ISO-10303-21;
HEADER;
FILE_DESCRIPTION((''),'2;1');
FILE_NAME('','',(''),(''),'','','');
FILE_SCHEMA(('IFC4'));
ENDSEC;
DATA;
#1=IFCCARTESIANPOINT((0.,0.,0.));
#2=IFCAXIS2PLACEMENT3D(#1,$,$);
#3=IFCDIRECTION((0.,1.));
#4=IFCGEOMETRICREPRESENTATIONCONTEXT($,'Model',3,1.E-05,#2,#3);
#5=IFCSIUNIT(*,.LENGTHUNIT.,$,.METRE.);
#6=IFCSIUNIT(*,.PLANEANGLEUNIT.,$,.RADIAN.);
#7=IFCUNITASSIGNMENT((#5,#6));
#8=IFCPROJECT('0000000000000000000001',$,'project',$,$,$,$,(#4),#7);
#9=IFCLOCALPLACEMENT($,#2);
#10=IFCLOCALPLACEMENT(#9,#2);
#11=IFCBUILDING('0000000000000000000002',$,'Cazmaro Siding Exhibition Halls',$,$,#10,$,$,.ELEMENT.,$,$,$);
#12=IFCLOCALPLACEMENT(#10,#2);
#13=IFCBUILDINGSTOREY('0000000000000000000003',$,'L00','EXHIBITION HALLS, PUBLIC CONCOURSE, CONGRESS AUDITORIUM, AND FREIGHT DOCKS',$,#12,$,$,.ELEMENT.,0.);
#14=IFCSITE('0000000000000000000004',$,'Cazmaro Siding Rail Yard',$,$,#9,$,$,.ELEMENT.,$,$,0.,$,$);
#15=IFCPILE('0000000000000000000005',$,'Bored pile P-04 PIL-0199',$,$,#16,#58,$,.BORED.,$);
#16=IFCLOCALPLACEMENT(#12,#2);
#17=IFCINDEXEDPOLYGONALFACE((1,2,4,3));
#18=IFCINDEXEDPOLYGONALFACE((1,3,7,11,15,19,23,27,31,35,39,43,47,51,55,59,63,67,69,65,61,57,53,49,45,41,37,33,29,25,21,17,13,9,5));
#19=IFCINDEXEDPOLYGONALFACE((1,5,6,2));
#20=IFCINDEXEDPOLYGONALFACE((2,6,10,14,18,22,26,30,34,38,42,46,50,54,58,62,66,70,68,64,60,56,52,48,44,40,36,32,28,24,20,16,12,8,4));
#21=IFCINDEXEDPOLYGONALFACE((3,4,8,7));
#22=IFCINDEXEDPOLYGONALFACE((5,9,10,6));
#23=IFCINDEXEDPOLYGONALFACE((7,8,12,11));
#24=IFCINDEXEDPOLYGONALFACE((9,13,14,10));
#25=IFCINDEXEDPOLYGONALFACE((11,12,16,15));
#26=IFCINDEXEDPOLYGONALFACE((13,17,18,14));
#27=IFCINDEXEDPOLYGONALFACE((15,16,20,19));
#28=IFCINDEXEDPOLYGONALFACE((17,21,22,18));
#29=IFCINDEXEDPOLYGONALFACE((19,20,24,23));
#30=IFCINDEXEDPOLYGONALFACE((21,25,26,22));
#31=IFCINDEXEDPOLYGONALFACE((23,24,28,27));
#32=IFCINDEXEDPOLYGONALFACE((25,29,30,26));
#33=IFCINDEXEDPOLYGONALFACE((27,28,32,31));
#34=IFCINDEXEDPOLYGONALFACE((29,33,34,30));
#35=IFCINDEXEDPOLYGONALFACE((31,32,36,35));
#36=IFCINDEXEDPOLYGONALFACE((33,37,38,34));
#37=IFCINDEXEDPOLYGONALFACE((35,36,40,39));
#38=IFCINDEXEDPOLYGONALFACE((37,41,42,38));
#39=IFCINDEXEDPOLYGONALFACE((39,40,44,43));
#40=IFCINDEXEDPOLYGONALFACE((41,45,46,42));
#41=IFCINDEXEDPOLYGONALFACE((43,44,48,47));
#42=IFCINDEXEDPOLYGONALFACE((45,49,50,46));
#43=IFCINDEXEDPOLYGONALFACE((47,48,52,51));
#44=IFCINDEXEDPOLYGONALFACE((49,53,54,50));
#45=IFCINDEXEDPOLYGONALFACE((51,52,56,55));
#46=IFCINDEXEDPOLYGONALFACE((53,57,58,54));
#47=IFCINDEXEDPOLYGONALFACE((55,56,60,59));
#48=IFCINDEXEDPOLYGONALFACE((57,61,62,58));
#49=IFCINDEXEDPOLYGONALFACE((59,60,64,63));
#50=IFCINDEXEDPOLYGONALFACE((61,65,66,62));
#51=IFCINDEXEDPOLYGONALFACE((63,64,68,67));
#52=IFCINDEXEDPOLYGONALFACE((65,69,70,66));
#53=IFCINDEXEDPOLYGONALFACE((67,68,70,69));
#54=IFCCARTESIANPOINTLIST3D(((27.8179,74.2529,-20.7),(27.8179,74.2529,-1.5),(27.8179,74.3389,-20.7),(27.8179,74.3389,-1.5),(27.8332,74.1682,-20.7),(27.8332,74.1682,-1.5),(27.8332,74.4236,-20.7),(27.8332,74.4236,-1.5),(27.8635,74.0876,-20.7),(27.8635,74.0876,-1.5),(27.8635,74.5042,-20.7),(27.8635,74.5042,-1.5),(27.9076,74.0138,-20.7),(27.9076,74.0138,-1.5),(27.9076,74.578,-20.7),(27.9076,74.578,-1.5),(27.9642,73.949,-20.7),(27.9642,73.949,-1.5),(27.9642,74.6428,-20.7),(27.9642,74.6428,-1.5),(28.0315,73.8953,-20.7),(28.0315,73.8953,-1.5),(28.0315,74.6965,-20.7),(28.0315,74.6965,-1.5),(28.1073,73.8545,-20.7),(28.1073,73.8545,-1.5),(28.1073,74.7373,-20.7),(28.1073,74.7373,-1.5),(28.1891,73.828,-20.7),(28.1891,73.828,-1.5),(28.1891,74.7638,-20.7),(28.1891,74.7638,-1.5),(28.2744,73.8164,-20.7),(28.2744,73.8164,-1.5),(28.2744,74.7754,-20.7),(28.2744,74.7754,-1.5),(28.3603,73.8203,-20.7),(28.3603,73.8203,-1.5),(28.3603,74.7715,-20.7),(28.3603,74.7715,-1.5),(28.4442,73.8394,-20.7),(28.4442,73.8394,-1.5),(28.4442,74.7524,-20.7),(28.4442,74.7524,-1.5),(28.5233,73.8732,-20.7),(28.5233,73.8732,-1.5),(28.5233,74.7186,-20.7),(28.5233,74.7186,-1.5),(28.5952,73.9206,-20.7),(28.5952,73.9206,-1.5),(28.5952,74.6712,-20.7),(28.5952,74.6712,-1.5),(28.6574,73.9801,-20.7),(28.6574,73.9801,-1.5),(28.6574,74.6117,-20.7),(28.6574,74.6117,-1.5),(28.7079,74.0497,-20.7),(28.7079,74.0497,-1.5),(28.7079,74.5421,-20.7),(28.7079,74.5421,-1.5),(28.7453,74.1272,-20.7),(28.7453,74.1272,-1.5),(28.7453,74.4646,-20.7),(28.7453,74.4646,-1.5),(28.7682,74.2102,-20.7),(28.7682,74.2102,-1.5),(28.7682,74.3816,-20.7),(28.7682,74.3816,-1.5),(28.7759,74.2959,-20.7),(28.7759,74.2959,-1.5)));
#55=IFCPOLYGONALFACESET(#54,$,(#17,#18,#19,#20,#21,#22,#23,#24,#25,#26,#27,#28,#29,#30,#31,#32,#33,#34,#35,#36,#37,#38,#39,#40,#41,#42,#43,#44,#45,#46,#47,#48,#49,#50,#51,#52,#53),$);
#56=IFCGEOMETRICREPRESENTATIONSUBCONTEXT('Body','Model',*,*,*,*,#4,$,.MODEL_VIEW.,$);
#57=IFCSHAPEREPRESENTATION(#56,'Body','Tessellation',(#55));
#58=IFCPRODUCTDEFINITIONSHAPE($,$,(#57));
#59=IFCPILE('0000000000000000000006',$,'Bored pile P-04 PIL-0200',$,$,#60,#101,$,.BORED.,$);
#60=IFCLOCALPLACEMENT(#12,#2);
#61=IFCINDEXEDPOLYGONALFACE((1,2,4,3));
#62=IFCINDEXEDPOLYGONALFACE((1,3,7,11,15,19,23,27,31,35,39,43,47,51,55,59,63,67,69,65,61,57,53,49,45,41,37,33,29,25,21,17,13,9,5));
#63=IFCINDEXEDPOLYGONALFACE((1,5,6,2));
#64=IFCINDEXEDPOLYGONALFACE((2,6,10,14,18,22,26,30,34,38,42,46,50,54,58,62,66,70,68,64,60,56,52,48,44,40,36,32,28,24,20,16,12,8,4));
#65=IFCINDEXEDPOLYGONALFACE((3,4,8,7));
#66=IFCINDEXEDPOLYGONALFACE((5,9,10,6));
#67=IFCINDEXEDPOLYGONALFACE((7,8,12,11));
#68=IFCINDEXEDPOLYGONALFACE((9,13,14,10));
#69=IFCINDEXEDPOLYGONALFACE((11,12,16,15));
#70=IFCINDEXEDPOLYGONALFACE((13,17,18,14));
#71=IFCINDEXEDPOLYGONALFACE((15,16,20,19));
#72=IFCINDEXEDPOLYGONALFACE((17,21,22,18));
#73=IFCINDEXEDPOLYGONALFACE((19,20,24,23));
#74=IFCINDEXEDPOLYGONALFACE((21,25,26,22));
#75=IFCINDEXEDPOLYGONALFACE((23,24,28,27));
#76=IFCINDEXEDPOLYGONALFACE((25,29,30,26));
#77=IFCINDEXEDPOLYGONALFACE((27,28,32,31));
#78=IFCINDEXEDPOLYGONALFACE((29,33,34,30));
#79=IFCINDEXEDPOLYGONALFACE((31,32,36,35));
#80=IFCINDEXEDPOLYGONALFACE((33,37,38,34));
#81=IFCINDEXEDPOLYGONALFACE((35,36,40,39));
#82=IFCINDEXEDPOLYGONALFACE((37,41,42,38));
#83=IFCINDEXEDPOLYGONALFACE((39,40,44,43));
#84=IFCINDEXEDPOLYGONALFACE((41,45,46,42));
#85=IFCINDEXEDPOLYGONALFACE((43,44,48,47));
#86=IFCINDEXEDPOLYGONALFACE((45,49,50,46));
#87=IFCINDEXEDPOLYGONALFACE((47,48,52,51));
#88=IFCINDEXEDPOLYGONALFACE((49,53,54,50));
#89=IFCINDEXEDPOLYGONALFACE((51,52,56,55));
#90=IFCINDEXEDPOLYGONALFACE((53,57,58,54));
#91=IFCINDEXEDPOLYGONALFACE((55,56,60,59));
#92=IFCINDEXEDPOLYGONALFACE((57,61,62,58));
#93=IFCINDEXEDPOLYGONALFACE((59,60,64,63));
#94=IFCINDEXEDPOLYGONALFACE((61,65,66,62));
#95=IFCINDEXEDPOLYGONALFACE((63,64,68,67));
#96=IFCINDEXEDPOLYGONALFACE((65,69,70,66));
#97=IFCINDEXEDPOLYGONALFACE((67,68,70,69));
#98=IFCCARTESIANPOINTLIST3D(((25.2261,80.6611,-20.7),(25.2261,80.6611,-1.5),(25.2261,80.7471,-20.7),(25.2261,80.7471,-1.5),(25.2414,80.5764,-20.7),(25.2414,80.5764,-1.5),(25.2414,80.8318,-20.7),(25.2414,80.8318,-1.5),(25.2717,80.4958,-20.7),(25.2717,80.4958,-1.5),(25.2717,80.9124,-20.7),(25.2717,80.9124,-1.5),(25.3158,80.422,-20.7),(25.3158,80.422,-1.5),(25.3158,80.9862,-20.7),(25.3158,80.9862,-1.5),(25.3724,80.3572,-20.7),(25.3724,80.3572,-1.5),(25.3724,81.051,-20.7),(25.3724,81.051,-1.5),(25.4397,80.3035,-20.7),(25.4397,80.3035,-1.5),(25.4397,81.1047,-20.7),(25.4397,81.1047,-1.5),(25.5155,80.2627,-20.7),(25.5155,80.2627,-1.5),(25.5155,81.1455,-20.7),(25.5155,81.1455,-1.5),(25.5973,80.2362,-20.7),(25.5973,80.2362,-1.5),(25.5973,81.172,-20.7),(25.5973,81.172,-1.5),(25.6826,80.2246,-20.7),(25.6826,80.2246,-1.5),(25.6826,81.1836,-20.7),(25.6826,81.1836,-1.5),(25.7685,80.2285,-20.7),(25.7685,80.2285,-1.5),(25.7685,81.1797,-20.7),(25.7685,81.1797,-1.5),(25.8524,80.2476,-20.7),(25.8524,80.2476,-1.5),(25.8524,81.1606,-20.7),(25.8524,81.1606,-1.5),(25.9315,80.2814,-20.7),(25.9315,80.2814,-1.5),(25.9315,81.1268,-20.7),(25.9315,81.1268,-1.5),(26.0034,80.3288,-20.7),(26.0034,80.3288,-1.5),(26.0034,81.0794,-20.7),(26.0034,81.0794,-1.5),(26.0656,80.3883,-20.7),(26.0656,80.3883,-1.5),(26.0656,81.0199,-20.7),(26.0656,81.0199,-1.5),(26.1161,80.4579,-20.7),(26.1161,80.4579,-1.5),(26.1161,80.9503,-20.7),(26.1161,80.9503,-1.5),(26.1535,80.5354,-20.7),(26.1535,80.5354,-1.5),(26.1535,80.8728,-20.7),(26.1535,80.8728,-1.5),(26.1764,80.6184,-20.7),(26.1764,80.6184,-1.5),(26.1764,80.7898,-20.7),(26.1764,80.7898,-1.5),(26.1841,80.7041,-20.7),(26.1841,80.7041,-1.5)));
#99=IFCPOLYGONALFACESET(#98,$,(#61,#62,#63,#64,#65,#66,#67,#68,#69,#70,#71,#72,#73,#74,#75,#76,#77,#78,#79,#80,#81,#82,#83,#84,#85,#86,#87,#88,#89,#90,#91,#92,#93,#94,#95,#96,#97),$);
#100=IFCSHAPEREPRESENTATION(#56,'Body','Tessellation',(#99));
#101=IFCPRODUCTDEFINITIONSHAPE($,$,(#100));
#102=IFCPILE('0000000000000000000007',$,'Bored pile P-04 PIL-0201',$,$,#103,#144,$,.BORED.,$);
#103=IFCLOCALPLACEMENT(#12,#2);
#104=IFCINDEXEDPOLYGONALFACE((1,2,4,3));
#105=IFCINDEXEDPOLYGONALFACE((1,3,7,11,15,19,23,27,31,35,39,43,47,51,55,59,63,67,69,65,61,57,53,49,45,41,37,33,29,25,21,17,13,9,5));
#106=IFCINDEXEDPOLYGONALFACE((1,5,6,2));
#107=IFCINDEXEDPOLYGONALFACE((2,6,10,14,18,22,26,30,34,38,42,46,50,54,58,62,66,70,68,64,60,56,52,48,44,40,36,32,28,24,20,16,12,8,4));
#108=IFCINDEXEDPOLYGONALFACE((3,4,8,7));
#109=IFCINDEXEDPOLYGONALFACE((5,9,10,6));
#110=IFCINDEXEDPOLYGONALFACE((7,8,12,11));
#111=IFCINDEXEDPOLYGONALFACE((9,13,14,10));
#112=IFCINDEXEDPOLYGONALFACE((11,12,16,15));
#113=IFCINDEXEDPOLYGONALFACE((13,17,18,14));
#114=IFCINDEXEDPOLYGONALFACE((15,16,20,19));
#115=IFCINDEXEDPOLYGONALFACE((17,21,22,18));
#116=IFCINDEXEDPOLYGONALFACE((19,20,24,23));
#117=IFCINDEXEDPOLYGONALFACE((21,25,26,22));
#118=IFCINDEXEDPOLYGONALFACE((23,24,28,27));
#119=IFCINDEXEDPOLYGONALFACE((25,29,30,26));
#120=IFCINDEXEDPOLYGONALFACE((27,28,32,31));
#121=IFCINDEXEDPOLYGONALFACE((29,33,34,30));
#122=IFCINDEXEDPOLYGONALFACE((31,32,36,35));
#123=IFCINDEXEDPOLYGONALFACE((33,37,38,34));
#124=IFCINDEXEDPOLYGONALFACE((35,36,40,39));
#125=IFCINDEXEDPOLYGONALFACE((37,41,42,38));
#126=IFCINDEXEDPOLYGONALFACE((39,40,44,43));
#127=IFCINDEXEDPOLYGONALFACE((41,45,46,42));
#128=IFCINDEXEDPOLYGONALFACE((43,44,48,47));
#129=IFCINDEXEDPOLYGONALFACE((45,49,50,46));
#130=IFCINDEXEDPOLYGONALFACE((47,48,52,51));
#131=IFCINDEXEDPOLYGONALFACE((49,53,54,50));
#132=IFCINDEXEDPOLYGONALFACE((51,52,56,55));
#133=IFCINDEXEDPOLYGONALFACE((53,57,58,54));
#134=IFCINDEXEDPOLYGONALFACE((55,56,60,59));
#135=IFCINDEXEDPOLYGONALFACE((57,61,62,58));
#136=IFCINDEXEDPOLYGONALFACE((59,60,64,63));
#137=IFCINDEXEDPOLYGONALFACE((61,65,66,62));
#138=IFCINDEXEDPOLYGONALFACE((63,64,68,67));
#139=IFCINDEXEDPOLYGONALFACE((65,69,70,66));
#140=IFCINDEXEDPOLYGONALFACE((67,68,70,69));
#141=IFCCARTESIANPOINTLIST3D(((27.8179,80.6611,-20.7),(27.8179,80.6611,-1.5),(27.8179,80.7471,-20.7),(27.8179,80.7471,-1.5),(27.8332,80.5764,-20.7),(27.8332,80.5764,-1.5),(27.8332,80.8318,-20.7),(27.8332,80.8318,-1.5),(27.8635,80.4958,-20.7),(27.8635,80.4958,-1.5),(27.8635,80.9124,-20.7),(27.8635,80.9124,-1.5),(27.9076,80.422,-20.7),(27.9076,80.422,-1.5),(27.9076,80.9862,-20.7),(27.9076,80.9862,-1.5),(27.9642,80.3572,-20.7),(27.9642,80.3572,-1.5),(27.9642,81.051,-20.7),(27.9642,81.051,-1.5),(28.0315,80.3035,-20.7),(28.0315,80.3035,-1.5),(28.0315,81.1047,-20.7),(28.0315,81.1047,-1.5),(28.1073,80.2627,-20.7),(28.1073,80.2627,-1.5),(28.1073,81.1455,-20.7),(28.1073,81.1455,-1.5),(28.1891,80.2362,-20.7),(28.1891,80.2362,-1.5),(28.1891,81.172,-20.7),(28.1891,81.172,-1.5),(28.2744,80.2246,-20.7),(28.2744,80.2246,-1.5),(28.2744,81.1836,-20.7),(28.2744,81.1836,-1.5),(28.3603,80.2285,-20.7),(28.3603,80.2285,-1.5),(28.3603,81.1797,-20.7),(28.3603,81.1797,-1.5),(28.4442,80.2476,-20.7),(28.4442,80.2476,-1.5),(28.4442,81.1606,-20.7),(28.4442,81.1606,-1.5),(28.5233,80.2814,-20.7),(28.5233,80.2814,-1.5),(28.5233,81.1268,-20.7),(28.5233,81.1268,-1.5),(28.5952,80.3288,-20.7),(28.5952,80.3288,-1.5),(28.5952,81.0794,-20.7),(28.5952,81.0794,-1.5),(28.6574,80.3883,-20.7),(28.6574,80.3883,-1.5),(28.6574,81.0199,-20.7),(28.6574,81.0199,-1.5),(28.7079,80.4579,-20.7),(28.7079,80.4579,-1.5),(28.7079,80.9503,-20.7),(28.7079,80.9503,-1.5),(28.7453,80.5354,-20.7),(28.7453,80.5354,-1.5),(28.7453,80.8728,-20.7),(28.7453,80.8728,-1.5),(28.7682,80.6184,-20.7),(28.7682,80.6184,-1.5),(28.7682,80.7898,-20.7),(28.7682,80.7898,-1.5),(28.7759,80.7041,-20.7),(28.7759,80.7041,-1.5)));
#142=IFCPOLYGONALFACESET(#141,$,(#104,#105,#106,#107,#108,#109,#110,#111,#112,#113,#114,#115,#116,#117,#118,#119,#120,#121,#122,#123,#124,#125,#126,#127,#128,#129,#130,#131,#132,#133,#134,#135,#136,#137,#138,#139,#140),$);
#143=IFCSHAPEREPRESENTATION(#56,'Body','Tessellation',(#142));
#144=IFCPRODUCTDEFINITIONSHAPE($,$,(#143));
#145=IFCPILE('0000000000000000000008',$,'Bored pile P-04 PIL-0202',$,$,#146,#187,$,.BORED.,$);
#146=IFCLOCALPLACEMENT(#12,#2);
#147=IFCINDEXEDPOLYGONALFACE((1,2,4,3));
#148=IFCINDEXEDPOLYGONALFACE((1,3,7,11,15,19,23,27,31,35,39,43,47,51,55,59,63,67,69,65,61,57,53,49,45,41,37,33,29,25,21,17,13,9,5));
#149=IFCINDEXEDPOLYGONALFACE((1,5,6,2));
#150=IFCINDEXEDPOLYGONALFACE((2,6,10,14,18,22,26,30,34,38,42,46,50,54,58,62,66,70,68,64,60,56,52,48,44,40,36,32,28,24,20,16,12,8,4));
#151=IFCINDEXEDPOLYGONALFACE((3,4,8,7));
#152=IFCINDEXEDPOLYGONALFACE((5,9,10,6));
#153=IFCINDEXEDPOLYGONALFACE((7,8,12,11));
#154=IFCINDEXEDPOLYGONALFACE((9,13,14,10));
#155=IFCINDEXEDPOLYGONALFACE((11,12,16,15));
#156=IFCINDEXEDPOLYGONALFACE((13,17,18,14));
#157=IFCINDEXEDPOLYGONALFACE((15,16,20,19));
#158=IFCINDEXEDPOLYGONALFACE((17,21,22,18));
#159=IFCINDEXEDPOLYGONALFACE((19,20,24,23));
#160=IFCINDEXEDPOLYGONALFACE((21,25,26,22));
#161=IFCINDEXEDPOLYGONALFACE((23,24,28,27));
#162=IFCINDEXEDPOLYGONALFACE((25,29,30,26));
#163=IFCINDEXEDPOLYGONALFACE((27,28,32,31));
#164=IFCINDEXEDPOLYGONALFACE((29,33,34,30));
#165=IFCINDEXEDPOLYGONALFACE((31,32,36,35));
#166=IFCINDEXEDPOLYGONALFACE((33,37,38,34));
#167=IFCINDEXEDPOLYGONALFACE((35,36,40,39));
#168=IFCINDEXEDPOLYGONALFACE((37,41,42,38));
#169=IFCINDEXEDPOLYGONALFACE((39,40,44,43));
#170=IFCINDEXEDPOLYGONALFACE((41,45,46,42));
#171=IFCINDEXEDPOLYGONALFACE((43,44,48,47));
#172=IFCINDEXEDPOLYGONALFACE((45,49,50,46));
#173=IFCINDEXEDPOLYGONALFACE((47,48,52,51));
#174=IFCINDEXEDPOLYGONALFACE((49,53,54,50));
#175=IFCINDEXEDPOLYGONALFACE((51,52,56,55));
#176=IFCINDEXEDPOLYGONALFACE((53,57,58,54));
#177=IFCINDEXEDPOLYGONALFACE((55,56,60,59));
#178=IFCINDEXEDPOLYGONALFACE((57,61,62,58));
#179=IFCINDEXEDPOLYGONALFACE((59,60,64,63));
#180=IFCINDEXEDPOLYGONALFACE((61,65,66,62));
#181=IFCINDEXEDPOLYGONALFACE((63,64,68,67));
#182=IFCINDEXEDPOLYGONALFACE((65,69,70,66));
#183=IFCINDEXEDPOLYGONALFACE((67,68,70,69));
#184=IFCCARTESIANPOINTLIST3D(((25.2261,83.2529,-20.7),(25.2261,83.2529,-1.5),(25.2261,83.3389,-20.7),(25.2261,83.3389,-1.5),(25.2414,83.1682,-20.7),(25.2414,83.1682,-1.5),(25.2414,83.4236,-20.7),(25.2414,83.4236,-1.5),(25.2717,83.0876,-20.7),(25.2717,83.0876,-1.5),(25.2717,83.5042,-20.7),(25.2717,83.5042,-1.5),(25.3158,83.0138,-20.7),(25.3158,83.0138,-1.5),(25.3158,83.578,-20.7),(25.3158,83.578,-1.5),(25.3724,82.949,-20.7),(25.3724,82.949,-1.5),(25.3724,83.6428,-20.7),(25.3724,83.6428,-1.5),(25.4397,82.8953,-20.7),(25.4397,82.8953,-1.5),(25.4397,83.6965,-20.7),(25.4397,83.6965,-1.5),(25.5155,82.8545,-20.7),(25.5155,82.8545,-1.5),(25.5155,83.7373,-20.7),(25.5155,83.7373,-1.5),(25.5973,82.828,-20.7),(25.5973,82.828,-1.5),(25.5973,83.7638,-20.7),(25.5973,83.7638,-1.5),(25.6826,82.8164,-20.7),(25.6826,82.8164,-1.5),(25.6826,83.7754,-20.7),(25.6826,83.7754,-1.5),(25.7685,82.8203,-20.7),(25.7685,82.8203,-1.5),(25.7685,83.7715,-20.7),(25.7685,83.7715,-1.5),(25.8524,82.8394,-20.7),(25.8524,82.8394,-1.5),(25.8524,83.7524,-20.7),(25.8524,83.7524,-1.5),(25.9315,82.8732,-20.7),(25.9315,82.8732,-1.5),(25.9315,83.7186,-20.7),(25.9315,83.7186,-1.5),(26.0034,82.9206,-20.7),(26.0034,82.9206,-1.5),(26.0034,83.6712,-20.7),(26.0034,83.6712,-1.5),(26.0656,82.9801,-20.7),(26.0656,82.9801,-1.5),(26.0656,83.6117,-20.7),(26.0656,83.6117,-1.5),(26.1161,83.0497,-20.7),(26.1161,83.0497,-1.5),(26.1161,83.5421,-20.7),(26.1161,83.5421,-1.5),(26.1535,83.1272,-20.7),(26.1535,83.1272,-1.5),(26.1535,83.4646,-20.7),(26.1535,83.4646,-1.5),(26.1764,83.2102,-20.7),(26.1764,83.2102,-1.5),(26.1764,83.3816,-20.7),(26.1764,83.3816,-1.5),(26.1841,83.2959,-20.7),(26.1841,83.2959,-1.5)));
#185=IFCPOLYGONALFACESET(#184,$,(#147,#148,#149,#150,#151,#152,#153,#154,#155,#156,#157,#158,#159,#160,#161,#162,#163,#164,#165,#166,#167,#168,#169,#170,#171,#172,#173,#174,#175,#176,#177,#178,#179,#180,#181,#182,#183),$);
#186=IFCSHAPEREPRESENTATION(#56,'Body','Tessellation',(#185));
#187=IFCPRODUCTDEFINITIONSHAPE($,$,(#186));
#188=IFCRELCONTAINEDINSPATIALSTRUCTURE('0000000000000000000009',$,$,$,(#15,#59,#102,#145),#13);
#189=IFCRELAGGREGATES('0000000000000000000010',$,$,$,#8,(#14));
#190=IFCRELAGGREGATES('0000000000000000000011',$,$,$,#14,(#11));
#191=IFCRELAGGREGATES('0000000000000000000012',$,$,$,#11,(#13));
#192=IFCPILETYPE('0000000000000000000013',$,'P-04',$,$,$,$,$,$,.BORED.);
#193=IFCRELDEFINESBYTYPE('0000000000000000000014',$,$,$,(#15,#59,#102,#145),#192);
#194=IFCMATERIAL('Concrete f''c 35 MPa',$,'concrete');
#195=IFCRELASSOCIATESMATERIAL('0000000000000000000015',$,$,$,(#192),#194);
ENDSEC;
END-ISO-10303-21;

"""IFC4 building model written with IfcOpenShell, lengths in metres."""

from ifc_helpers import new_model, si_unit, direction, frame, origin, origin_2d, place, context, subcontext, project, spatial, circle, extrude, material, material_profile, profile_set, type_object, element, save


model = new_model("IFC4")

# Units and contexts
model_context = context("Model", 3, precision=1e-05, world=origin(), true_north=direction((0.0, 1.0)))
body_context = subcontext(model_context, "Body", "Model", "MODEL_VIEW")
ifc_project = project(units=[si_unit("LENGTHUNIT", "METRE"), si_unit("PLANEANGLEUNIT", "RADIAN")], contexts=[model_context])

# Site, building, storey
site_placement = place(None, origin())
site = spatial("IfcSite", under=ifc_project, at=site_placement, Name="Cazmaro Siding Rail Yard", CompositionType="ELEMENT", RefElevation=0.0)
building_placement = place(site_placement, origin())
building = spatial("IfcBuilding", under=site, at=building_placement, Name="Cazmaro Siding Exhibition Halls", CompositionType="ELEMENT")
storey_placement = place(building_placement, origin())
storey = spatial("IfcBuildingStorey", under=building, at=storey_placement, Name="L00", Description="EXHIBITION HALLS, PUBLIC CONCOURSE, CONGRESS AUDITORIUM, AND FREIGHT DOCKS", CompositionType="ELEMENT", Elevation=0.0)

# Piles
ifc_material_1 = material(Name="Concrete f'c 35 MPa", Category="concrete")
ifc_material_profile_1 = material_profile(ifc_material_1, circle(Radius=0.48, at=origin_2d()), Name="CIDH-960")
ifc_profile_set_1 = profile_set([ifc_material_profile_1], Name="Concrete f'c 35 MPa")
pile_type = type_object("IfcPileType", Name="P-04", PredefinedType="BORED", material=ifc_profile_set_1)
for number, where, z_axis, x_axis, name in (
    (1, (28.2959, 74.2959, -1.5), (0.0, 0.0, -1.0), (1.0, 0.0, 0.0), "Bored pile P-04 PIL-0199"),
    (2, (25.7041, 80.7041, -1.5), (0.0, 0.0, -1.0), (1.0, 0.0, 0.0), "Bored pile P-04 PIL-0200"),
    (3, (28.2959, 80.7041, -1.5), (0.0, 0.0, -1.0), (1.0, 0.0, 0.0), "Bored pile P-04 PIL-0201"),
    (4, (25.7041, 83.2959, -1.5), (0.0, 0.0, -1.0), (1.0, 0.0, 0.0), "Bored pile P-04 PIL-0202"),
):
    element("IfcPile", number, at=place(storey_placement, frame(where, z_axis=z_axis, x_axis=x_axis)), inside=storey, type_object=pile_type, Name=name, PredefinedType="BORED", context=body_context, shape_type="SweptSolid", body=[
        extrude(circle(Radius=0.48, at=origin_2d()), origin(), (0.0, 0.0, 1.0), 19.2),
    ])

save(model, "model.ifc")
